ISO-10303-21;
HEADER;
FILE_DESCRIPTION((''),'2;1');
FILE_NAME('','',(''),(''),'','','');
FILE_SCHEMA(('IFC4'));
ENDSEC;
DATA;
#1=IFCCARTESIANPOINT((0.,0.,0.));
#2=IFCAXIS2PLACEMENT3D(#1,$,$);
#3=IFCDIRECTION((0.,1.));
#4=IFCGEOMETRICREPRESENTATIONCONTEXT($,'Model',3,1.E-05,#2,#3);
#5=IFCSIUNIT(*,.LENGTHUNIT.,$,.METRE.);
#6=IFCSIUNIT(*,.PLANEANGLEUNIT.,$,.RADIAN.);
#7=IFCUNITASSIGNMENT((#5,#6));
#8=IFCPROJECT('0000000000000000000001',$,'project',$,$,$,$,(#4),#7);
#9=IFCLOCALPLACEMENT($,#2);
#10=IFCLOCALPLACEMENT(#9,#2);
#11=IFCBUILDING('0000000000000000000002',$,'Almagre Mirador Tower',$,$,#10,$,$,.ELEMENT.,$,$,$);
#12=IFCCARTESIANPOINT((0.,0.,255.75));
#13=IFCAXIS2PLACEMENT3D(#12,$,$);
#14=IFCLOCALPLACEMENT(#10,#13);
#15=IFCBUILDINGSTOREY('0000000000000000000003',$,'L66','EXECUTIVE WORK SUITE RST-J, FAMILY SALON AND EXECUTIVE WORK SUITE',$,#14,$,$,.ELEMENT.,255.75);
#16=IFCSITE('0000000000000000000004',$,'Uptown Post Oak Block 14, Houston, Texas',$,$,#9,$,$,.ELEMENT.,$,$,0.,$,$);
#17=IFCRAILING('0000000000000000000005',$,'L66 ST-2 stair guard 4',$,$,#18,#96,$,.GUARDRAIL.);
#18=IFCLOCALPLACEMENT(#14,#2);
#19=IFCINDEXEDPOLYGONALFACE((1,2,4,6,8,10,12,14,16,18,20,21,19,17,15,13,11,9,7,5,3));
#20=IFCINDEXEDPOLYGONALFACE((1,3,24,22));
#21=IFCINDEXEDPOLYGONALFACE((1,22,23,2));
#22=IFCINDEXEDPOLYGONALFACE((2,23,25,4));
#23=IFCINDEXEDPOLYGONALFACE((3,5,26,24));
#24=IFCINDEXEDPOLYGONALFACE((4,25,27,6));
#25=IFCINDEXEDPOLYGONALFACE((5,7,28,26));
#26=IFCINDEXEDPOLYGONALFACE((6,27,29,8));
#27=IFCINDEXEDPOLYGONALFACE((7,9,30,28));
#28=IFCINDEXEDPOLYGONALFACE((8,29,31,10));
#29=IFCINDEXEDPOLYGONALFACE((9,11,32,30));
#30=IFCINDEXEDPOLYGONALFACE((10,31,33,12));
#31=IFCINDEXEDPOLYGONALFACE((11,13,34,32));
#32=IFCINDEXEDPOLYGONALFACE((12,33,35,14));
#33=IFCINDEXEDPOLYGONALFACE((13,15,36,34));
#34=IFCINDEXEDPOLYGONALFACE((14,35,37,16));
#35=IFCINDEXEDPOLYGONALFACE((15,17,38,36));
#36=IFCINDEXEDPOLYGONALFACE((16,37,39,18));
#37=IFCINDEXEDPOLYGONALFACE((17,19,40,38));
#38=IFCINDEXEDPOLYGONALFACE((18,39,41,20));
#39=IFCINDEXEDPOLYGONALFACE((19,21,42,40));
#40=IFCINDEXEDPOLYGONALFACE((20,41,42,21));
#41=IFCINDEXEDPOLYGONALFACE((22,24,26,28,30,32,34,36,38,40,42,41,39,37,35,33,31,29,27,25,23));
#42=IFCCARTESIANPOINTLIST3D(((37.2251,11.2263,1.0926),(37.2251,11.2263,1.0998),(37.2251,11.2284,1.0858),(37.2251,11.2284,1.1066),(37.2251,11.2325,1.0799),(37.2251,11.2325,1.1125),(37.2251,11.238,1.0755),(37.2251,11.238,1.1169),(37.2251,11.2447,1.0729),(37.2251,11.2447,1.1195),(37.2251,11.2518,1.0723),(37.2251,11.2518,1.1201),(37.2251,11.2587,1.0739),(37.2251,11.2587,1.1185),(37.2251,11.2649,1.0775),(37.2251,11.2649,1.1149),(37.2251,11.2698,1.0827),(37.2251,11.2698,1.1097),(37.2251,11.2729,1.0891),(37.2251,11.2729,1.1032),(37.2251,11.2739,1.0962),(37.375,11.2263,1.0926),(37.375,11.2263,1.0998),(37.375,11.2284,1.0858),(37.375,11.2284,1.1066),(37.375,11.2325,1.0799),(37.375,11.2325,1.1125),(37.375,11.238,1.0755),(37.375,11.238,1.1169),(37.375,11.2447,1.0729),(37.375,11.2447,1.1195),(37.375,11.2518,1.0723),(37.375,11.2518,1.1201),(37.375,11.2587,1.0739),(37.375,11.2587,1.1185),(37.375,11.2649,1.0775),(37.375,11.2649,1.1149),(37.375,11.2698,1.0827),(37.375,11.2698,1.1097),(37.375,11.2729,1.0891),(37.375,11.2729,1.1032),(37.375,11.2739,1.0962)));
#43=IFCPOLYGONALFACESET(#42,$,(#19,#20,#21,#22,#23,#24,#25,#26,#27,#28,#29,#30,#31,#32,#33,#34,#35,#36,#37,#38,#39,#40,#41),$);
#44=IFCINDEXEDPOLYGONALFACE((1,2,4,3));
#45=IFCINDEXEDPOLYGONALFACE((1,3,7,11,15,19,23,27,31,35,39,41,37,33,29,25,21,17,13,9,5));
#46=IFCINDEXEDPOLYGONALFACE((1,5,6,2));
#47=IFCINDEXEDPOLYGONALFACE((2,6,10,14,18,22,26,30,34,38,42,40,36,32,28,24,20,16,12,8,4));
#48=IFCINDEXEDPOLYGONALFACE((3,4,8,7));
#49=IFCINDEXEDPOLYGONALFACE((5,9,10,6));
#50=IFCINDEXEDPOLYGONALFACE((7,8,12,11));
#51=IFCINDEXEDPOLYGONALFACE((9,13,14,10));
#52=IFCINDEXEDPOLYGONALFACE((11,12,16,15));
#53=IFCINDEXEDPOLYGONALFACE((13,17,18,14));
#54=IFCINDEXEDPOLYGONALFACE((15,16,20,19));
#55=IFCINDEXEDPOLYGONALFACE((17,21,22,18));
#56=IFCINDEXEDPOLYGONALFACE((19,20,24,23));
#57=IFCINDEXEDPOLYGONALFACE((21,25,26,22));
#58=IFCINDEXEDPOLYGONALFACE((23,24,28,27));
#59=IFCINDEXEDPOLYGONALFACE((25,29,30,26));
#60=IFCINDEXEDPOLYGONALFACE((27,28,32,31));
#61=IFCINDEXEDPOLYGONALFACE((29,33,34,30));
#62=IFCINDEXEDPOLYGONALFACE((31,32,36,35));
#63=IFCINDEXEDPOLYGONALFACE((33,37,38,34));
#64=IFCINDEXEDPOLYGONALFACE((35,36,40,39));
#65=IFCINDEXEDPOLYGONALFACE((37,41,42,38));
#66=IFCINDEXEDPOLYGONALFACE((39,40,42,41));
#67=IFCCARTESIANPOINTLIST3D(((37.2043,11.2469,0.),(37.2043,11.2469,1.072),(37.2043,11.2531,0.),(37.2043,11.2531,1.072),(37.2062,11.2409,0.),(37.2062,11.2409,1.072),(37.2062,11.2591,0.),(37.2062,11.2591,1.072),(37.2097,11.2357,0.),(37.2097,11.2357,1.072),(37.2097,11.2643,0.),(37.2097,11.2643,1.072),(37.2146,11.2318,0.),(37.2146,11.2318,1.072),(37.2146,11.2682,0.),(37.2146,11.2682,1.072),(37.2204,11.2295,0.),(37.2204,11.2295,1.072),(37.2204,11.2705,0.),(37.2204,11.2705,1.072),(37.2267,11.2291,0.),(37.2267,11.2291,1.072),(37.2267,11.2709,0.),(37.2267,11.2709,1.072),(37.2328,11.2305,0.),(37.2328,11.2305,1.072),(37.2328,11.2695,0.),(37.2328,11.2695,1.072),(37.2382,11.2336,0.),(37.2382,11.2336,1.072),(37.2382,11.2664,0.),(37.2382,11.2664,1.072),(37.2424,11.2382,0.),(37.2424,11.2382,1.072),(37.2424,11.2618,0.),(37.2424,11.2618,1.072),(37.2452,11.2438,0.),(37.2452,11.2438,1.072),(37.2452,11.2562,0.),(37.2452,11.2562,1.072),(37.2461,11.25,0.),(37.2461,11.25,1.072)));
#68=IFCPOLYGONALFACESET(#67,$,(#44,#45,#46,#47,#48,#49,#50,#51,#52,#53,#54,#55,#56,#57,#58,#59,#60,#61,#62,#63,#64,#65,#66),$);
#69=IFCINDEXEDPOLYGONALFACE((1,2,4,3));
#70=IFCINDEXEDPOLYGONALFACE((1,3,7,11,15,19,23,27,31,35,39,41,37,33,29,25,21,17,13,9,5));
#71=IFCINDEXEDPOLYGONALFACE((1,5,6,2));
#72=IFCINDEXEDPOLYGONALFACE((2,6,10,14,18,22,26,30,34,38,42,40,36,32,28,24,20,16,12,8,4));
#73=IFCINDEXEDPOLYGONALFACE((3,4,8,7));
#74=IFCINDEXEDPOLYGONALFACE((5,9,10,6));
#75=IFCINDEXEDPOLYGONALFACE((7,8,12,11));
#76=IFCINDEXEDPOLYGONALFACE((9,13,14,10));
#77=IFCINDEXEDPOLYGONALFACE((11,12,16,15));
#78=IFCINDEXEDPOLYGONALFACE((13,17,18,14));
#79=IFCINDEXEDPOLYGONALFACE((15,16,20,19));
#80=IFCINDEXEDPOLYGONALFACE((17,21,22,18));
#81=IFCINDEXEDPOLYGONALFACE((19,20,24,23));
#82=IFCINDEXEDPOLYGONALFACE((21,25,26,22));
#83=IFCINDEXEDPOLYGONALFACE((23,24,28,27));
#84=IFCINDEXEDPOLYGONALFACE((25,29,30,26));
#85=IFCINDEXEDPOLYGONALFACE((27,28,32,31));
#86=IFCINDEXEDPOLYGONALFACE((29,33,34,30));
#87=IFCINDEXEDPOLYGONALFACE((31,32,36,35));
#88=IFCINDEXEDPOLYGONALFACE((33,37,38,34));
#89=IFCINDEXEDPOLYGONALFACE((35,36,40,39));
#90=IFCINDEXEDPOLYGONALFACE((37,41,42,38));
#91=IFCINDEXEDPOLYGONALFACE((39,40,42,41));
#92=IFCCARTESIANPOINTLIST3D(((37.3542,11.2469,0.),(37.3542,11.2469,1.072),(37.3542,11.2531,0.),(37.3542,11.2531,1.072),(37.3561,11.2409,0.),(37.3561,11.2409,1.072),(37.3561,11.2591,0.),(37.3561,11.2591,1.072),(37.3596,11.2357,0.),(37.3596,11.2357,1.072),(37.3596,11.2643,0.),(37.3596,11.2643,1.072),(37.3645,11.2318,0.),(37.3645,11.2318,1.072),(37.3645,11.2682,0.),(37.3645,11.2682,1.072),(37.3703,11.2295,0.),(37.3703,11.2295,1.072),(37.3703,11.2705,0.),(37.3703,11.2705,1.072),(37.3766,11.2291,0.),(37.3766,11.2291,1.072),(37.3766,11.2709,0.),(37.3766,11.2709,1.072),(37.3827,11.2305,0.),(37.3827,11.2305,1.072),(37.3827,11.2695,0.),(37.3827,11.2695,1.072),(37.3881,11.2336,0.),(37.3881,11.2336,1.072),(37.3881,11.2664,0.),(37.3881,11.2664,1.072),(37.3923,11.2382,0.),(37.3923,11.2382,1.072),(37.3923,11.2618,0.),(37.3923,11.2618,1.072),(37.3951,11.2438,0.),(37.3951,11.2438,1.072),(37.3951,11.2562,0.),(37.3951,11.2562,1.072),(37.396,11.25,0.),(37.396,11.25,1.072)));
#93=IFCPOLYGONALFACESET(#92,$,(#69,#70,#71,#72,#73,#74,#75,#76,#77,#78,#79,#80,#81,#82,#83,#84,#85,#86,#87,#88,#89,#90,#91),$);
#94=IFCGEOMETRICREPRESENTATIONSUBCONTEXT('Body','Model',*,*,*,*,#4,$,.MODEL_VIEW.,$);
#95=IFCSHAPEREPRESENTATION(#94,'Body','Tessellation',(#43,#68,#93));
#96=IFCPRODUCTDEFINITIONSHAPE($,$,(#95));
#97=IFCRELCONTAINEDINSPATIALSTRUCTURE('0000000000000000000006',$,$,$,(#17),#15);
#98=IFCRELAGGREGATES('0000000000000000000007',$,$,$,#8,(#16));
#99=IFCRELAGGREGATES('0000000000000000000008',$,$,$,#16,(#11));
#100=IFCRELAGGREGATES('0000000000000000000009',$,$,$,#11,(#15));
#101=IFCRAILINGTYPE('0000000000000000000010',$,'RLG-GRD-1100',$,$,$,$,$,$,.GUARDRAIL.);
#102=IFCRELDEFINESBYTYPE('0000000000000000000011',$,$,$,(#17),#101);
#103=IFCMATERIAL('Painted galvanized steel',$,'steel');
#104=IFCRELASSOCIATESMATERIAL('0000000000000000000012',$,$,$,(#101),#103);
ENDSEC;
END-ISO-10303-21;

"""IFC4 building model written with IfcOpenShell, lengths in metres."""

from ifc_helpers import new_model, si_unit, direction, frame, origin, origin_2d, place, context, subcontext, project, spatial, circle, extrude, material, type_object, element, save


model = new_model("IFC4")

# Units and contexts
model_context = context("Model", 3, precision=1e-05, world=origin(), true_north=direction((0.0, 1.0)))
body_context = subcontext(model_context, "Body", "Model", "MODEL_VIEW")
ifc_project = project(units=[si_unit("LENGTHUNIT", "METRE"), si_unit("PLANEANGLEUNIT", "RADIAN")], contexts=[model_context])

# Site, building, storey
site_placement = place(None, origin())
site = spatial("IfcSite", under=ifc_project, at=site_placement, Name="Uptown Post Oak Block 14, Houston, Texas", CompositionType="ELEMENT", RefElevation=0.0)
building_placement = place(site_placement, origin())
building = spatial("IfcBuilding", under=site, at=building_placement, Name="Almagre Mirador Tower", CompositionType="ELEMENT")
storey_placement = place(building_placement, frame((0.0, 0.0, 255.75)))
storey = spatial("IfcBuildingStorey", under=building, at=storey_placement, Name="L66", Description="EXECUTIVE WORK SUITE RST-J, FAMILY SALON AND EXECUTIVE WORK SUITE", CompositionType="ELEMENT", Elevation=255.75)

# Railing
ifc_material_1 = material(Name="Painted galvanized steel", Category="steel")
railing_type_1 = type_object("IfcRailingType", Name="RLG-GRD-1100", PredefinedType="GUARDRAIL", material=ifc_material_1)
railing_1_placement = place(storey_placement, frame((37.2251, 11.25, 0.0)))
element("IfcRailing", 1, at=railing_1_placement, inside=storey, type_object=railing_type_1, Name="L66 ST-2 stair guard 4", PredefinedType="GUARDRAIL", context=body_context, shape_type="SweptSolid", body=[
    extrude(circle(Radius=0.0239, at=origin_2d()), frame((0.0, 0.0, 1.0962), z_axis=(1.0, 0.0, 0.0), x_axis=(0.0, 1.0, 0.0)), (0.0, 0.0, 1.0), 0.1499),
    extrude(circle(Radius=0.021, at=origin_2d()), origin(), (0.0, 0.0, 1.0), 1.072),
    extrude(circle(Radius=0.021, at=origin_2d()), frame((0.1499, 0.0, 0.0)), (0.0, 0.0, 1.0), 1.072),
])

save(model, "model.ifc")
